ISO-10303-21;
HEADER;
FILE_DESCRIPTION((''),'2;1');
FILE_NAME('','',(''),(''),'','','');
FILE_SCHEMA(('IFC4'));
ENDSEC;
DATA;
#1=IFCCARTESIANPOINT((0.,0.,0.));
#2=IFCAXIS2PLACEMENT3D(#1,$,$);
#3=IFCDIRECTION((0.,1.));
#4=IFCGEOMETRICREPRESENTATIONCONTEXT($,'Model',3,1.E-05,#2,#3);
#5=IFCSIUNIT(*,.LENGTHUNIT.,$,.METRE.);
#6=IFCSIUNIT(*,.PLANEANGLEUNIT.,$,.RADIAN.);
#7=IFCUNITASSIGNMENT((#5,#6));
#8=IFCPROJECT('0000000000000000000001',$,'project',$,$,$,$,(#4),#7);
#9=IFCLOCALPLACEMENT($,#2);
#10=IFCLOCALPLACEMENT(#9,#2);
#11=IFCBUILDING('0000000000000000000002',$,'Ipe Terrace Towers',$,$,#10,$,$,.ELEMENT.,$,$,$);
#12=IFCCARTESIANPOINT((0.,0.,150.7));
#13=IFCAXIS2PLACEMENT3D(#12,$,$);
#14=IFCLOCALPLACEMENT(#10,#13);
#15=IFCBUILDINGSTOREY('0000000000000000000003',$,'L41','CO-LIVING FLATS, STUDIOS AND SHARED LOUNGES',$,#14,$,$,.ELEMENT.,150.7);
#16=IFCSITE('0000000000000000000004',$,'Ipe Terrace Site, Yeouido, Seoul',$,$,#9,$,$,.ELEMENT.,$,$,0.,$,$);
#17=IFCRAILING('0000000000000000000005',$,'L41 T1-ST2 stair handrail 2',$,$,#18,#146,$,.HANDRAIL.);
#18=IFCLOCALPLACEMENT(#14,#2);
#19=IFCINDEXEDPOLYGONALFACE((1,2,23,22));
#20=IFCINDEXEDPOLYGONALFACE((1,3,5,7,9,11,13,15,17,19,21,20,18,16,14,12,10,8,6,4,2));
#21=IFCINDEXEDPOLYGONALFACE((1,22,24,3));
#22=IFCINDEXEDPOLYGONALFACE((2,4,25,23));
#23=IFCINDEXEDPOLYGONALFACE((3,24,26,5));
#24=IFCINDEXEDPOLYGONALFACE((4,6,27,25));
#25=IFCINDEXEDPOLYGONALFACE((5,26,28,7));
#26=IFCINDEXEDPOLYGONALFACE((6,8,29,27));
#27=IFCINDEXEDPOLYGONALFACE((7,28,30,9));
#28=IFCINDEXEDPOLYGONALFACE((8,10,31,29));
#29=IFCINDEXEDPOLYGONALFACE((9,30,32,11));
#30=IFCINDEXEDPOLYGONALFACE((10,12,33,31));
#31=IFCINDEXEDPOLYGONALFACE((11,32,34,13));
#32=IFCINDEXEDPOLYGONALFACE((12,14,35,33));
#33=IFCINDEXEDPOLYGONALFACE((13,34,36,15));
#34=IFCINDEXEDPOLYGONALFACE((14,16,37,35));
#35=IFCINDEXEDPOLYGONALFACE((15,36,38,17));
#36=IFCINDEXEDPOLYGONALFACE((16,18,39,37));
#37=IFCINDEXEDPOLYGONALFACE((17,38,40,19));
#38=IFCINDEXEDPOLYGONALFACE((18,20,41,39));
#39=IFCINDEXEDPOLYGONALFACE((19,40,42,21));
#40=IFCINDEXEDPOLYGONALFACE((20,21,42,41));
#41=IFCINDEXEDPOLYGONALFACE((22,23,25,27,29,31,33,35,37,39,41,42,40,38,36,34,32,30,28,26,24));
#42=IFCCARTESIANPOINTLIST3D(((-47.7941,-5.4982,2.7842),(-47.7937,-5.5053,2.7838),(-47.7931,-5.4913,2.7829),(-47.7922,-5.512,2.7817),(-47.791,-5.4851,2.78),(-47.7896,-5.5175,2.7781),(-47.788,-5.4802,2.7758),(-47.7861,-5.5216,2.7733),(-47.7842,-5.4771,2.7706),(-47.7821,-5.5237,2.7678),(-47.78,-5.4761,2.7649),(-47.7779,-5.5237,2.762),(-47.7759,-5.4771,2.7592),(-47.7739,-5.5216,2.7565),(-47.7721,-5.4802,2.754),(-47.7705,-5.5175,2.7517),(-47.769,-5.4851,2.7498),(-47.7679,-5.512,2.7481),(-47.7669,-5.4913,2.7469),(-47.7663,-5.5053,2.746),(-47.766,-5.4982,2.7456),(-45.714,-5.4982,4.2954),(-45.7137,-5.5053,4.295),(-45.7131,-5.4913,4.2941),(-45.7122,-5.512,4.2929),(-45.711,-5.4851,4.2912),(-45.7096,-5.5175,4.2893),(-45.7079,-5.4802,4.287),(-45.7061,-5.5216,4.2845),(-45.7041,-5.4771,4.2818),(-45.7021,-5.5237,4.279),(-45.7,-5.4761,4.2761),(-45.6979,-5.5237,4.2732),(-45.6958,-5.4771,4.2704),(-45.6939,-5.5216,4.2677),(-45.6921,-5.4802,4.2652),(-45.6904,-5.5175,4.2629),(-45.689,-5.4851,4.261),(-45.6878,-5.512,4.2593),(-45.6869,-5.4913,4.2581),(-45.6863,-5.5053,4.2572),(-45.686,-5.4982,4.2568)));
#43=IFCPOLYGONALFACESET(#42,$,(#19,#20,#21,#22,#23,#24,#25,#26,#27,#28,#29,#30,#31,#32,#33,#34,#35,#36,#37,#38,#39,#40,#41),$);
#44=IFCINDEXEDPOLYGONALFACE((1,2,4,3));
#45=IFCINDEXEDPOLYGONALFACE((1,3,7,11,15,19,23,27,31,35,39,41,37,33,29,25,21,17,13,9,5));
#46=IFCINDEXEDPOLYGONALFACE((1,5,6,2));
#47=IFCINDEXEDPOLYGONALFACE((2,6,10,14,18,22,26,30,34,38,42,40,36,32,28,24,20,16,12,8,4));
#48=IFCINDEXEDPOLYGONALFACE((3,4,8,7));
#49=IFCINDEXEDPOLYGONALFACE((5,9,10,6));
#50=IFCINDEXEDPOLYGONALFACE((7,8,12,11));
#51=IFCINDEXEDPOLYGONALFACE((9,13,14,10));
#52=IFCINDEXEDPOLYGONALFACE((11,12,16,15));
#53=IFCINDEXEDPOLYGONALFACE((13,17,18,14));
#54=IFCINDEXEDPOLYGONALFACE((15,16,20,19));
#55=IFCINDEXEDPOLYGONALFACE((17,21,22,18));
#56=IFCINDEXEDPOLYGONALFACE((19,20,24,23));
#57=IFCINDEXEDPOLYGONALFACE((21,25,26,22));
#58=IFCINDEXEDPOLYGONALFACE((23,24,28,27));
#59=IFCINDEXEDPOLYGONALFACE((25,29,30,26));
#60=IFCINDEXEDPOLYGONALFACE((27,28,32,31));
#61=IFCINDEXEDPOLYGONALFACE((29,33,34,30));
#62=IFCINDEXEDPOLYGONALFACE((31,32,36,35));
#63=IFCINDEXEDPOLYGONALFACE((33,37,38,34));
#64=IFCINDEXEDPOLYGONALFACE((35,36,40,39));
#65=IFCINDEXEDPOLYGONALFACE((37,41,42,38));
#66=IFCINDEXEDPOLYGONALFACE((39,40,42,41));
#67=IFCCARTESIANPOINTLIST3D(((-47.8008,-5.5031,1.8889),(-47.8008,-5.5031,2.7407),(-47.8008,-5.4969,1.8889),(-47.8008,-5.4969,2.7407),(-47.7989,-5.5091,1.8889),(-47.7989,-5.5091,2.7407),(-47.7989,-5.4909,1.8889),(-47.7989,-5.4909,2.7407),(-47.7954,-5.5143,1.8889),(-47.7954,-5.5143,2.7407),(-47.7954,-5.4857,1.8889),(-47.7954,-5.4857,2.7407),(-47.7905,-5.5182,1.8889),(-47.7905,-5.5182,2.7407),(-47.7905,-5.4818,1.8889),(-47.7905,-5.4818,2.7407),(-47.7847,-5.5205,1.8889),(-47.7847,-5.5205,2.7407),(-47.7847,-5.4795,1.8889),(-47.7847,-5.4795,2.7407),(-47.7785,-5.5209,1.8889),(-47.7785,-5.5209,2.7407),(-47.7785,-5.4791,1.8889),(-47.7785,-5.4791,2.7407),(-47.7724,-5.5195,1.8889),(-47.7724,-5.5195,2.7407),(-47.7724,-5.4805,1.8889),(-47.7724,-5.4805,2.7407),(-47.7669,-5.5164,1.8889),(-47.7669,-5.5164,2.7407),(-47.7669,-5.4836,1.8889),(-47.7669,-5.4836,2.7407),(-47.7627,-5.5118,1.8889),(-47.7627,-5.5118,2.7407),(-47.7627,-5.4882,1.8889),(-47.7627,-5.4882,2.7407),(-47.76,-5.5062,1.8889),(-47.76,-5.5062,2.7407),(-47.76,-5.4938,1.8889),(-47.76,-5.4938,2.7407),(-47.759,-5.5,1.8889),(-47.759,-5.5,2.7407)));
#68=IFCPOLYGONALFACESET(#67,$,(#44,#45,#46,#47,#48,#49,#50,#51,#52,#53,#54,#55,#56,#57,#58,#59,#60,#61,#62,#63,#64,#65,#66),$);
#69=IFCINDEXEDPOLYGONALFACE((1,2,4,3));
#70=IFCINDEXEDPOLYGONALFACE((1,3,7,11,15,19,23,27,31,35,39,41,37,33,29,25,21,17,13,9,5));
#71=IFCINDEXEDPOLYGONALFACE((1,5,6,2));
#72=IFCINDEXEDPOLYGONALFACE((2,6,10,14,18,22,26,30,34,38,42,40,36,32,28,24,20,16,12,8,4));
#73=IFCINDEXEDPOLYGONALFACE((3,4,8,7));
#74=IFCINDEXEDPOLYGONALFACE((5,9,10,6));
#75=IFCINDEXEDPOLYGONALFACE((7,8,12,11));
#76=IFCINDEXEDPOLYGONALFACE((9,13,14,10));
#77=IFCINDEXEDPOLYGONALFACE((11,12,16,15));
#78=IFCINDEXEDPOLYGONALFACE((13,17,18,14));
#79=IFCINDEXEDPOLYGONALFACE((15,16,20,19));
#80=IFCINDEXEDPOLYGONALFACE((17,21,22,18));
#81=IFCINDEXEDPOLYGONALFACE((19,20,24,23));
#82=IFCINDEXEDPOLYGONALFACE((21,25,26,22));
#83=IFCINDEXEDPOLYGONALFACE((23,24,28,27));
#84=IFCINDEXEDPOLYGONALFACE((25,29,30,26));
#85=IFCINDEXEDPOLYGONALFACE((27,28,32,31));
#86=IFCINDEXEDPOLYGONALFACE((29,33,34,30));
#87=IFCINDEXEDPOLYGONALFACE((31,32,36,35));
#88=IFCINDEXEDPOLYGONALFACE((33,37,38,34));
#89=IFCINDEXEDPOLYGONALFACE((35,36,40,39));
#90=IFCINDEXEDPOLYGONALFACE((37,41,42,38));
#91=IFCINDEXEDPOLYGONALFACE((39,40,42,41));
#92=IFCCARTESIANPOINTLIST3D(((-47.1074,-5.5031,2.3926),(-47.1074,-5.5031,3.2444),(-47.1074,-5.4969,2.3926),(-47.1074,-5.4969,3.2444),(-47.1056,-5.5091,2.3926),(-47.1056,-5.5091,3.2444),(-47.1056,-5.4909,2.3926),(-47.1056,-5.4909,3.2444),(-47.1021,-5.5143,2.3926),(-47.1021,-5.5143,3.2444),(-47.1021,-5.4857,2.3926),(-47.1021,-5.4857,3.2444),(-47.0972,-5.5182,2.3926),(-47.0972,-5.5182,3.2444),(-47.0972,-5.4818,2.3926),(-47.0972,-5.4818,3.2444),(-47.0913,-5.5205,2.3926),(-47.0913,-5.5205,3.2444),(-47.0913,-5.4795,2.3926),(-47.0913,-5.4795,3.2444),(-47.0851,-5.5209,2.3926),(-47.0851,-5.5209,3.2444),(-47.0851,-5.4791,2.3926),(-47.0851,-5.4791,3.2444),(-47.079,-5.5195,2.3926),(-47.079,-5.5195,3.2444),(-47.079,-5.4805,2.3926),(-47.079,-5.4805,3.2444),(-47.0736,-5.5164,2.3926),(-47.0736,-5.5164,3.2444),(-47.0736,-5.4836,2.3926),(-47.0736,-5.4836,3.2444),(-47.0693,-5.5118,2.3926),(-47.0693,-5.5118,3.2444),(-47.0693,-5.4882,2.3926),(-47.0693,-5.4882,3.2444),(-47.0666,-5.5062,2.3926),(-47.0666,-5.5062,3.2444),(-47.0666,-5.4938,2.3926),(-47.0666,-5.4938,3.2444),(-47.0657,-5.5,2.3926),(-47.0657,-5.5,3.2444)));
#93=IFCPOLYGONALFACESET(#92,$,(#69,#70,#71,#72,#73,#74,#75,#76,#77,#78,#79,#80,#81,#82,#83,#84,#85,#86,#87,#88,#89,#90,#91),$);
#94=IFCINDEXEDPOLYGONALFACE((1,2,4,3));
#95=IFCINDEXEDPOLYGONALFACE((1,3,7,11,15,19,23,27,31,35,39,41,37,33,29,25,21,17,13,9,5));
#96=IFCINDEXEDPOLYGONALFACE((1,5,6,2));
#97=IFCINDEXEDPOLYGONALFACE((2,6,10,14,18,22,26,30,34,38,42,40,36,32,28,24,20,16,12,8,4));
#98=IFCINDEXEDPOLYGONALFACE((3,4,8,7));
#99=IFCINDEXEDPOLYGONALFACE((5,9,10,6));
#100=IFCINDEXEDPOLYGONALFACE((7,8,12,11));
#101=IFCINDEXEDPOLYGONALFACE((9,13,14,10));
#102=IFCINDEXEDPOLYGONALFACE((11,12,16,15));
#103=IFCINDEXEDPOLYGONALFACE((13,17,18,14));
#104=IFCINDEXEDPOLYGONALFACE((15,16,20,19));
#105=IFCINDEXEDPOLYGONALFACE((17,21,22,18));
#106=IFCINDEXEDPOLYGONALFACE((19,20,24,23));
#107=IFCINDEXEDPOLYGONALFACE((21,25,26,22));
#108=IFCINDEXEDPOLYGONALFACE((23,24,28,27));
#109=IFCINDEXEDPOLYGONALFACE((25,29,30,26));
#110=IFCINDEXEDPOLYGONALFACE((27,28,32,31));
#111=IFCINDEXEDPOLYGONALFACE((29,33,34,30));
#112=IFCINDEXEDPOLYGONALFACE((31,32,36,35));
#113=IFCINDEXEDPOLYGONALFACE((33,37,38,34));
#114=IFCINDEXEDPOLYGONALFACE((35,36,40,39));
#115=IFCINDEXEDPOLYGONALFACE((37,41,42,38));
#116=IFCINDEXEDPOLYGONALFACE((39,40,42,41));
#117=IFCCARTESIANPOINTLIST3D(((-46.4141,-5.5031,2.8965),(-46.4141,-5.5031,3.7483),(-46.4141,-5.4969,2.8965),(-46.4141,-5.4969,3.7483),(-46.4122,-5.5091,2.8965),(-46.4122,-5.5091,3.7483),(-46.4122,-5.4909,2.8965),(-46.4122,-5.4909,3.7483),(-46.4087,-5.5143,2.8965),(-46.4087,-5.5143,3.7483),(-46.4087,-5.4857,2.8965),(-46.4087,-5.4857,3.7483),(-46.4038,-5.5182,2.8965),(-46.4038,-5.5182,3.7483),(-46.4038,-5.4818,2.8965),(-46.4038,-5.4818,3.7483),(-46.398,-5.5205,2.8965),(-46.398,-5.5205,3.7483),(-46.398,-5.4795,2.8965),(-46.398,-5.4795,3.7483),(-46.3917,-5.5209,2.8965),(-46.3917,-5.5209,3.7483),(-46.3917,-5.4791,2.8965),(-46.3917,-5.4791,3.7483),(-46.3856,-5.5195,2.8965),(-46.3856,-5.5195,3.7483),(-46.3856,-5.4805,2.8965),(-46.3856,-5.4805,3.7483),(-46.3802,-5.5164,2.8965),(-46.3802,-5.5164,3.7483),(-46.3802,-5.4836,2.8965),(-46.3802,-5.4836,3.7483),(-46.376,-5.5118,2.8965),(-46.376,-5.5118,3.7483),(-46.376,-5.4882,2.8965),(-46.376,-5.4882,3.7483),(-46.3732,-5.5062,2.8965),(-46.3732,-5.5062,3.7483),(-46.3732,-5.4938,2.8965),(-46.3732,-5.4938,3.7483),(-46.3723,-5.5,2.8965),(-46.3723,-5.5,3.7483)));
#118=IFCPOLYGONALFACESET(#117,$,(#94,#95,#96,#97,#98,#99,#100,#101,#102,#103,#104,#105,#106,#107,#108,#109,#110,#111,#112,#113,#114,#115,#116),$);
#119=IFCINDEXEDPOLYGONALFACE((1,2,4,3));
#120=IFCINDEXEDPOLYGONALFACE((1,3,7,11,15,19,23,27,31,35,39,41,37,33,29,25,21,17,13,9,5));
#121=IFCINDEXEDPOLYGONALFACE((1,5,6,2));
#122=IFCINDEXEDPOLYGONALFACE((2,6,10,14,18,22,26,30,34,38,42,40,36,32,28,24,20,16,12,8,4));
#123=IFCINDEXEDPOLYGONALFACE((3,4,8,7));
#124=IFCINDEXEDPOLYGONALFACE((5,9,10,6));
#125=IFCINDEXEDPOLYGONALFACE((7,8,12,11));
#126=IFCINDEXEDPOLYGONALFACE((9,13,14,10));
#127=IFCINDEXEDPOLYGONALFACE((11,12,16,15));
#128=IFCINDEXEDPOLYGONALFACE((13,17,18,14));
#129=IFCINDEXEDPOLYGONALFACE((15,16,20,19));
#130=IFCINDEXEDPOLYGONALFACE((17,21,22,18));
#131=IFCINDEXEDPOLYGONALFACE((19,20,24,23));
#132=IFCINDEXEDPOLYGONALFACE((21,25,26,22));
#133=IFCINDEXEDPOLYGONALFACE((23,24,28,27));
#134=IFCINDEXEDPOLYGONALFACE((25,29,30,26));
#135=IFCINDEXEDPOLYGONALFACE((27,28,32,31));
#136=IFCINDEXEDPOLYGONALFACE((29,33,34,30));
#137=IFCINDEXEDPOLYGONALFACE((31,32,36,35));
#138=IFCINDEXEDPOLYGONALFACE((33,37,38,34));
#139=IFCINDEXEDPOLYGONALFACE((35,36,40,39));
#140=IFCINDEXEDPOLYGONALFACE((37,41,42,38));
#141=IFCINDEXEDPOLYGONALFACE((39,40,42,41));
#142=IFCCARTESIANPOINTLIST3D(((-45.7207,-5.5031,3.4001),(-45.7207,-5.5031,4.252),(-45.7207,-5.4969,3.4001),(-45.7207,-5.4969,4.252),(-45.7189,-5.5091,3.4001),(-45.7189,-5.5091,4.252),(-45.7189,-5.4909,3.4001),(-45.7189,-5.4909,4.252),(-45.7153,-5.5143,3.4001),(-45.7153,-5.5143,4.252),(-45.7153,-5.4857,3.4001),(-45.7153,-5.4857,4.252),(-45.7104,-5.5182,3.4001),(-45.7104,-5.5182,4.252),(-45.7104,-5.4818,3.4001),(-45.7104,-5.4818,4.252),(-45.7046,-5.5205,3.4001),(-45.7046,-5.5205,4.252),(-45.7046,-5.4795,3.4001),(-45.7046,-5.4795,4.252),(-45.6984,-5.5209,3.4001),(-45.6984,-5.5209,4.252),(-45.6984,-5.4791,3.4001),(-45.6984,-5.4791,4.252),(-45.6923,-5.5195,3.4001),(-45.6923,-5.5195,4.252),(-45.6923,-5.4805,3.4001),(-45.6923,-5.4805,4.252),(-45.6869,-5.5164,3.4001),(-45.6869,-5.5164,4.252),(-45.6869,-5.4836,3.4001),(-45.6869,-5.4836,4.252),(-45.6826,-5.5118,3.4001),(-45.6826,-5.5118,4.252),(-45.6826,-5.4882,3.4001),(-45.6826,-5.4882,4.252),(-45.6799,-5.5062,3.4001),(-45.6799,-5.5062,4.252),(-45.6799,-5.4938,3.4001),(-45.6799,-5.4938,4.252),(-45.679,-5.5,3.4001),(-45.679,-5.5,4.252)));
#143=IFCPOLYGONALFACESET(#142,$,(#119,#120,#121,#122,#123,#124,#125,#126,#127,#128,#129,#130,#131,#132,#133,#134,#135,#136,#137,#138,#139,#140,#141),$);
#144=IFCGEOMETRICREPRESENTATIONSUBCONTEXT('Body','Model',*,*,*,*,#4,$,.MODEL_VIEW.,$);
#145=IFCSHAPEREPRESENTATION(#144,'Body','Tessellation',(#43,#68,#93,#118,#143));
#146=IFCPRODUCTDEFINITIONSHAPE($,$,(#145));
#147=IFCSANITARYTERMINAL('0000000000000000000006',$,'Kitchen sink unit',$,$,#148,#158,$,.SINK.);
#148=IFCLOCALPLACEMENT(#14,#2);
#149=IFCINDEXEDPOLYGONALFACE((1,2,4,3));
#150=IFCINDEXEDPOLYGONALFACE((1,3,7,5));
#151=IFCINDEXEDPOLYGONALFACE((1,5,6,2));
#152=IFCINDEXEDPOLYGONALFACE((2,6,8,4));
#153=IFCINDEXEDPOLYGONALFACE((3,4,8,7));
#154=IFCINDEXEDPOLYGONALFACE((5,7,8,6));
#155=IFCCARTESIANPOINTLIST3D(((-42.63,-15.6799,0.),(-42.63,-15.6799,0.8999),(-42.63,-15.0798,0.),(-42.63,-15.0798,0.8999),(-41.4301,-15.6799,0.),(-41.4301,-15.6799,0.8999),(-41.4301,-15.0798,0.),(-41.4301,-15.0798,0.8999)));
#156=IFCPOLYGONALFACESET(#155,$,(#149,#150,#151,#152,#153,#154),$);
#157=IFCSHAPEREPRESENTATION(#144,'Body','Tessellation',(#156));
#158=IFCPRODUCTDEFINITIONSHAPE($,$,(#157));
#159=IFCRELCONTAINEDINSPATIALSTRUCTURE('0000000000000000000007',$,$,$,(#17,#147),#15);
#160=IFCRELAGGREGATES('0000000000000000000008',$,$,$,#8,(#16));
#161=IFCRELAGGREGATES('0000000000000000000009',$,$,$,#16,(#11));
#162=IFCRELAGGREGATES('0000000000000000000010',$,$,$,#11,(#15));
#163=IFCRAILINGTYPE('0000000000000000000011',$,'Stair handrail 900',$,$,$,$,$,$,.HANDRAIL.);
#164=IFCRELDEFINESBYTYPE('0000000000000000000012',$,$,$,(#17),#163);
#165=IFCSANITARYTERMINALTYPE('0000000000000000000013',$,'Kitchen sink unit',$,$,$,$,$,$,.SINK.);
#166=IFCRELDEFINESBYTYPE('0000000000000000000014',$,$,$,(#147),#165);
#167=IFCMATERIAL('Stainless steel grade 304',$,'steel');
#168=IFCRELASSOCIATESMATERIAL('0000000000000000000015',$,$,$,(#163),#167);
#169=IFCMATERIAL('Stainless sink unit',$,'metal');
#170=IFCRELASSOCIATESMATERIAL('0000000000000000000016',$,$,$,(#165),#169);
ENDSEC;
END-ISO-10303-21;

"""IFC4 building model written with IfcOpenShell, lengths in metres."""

from ifc_helpers import new_model, si_unit, direction, frame, origin, origin_2d, place, context, subcontext, project, spatial, rectangle, circle, extrude, material, type_object, element, save


model = new_model("IFC4")

# Units and contexts
model_context = context("Model", 3, precision=1e-05, world=origin(), true_north=direction((0.0, 1.0)))
body_context = subcontext(model_context, "Body", "Model", "MODEL_VIEW")
ifc_project = project(units=[si_unit("LENGTHUNIT", "METRE"), si_unit("PLANEANGLEUNIT", "RADIAN")], contexts=[model_context])

# Site, building, storey
site_placement = place(None, origin())
site = spatial("IfcSite", under=ifc_project, at=site_placement, Name="Ipe Terrace Site, Yeouido, Seoul", CompositionType="ELEMENT", RefElevation=0.0)
building_placement = place(site_placement, origin())
building = spatial("IfcBuilding", under=site, at=building_placement, Name="Ipe Terrace Towers", CompositionType="ELEMENT")
storey_placement = place(building_placement, frame((0.0, 0.0, 150.7)))
storey = spatial("IfcBuildingStorey", under=building, at=storey_placement, Name="L41", Description="CO-LIVING FLATS, STUDIOS AND SHARED LOUNGES", CompositionType="ELEMENT", Elevation=150.7)

# Railing
ifc_material_1 = material(Name="Stainless steel grade 304", Category="steel")
railing_type = type_object("IfcRailingType", Name="Stair handrail 900", PredefinedType="HANDRAIL", material=ifc_material_1)
railing_placement = place(storey_placement, frame((-47.78, -5.5, 1.8889)))
element("IfcRailing", 1, at=railing_placement, inside=storey, type_object=railing_type, Name="L41 T1-ST2 stair handrail 2", PredefinedType="HANDRAIL", context=body_context, shape_type="SweptSolid", body=[
    extrude(circle(Radius=0.0239, at=origin_2d()), frame((0.0, 0.0, 0.876), z_axis=(0.809023, 0.0, 0.587776), x_axis=(0.0, 1.0, 0.0)), (0.0, 0.0, 1.0), 2.571),
    extrude(circle(Radius=0.021, at=origin_2d()), origin(), (0.0, 0.0, 1.0), 0.8518),
    extrude(circle(Radius=0.021, at=origin_2d()), frame((0.6934, 0.0, 0.5037)), (0.0, 0.0, 1.0), 0.8518),
    extrude(circle(Radius=0.021, at=origin_2d()), frame((1.3867, 0.0, 1.0076)), (0.0, 0.0, 1.0), 0.8518),
    extrude(circle(Radius=0.021, at=origin_2d()), frame((2.0801, 0.0, 1.5112)), (0.0, 0.0, 1.0), 0.8518),
])

# Sanitary terminal
ifc_material_2 = material(Name="Stainless sink unit", Category="metal")
sanitary_terminal_type = type_object("IfcSanitaryTerminalType", Name="Kitchen sink unit", PredefinedType="SINK", material=ifc_material_2)
sanitary_terminal_placement = place(storey_placement, frame((-42.03, -15.3799, 0.0), z_axis=(0.0, 0.0, 1.0), x_axis=(-1.0, 0.0, 0.0)))
element("IfcSanitaryTerminal", 2, at=sanitary_terminal_placement, inside=storey, type_object=sanitary_terminal_type, Name="Kitchen sink unit", PredefinedType="SINK", context=body_context, shape_type="SweptSolid", body=[
    extrude(rectangle(XDim=1.2, YDim=0.6001, at=origin_2d()), origin(), (0.0, 0.0, 1.0), 0.8999),
])

save(model, "model.ifc")
